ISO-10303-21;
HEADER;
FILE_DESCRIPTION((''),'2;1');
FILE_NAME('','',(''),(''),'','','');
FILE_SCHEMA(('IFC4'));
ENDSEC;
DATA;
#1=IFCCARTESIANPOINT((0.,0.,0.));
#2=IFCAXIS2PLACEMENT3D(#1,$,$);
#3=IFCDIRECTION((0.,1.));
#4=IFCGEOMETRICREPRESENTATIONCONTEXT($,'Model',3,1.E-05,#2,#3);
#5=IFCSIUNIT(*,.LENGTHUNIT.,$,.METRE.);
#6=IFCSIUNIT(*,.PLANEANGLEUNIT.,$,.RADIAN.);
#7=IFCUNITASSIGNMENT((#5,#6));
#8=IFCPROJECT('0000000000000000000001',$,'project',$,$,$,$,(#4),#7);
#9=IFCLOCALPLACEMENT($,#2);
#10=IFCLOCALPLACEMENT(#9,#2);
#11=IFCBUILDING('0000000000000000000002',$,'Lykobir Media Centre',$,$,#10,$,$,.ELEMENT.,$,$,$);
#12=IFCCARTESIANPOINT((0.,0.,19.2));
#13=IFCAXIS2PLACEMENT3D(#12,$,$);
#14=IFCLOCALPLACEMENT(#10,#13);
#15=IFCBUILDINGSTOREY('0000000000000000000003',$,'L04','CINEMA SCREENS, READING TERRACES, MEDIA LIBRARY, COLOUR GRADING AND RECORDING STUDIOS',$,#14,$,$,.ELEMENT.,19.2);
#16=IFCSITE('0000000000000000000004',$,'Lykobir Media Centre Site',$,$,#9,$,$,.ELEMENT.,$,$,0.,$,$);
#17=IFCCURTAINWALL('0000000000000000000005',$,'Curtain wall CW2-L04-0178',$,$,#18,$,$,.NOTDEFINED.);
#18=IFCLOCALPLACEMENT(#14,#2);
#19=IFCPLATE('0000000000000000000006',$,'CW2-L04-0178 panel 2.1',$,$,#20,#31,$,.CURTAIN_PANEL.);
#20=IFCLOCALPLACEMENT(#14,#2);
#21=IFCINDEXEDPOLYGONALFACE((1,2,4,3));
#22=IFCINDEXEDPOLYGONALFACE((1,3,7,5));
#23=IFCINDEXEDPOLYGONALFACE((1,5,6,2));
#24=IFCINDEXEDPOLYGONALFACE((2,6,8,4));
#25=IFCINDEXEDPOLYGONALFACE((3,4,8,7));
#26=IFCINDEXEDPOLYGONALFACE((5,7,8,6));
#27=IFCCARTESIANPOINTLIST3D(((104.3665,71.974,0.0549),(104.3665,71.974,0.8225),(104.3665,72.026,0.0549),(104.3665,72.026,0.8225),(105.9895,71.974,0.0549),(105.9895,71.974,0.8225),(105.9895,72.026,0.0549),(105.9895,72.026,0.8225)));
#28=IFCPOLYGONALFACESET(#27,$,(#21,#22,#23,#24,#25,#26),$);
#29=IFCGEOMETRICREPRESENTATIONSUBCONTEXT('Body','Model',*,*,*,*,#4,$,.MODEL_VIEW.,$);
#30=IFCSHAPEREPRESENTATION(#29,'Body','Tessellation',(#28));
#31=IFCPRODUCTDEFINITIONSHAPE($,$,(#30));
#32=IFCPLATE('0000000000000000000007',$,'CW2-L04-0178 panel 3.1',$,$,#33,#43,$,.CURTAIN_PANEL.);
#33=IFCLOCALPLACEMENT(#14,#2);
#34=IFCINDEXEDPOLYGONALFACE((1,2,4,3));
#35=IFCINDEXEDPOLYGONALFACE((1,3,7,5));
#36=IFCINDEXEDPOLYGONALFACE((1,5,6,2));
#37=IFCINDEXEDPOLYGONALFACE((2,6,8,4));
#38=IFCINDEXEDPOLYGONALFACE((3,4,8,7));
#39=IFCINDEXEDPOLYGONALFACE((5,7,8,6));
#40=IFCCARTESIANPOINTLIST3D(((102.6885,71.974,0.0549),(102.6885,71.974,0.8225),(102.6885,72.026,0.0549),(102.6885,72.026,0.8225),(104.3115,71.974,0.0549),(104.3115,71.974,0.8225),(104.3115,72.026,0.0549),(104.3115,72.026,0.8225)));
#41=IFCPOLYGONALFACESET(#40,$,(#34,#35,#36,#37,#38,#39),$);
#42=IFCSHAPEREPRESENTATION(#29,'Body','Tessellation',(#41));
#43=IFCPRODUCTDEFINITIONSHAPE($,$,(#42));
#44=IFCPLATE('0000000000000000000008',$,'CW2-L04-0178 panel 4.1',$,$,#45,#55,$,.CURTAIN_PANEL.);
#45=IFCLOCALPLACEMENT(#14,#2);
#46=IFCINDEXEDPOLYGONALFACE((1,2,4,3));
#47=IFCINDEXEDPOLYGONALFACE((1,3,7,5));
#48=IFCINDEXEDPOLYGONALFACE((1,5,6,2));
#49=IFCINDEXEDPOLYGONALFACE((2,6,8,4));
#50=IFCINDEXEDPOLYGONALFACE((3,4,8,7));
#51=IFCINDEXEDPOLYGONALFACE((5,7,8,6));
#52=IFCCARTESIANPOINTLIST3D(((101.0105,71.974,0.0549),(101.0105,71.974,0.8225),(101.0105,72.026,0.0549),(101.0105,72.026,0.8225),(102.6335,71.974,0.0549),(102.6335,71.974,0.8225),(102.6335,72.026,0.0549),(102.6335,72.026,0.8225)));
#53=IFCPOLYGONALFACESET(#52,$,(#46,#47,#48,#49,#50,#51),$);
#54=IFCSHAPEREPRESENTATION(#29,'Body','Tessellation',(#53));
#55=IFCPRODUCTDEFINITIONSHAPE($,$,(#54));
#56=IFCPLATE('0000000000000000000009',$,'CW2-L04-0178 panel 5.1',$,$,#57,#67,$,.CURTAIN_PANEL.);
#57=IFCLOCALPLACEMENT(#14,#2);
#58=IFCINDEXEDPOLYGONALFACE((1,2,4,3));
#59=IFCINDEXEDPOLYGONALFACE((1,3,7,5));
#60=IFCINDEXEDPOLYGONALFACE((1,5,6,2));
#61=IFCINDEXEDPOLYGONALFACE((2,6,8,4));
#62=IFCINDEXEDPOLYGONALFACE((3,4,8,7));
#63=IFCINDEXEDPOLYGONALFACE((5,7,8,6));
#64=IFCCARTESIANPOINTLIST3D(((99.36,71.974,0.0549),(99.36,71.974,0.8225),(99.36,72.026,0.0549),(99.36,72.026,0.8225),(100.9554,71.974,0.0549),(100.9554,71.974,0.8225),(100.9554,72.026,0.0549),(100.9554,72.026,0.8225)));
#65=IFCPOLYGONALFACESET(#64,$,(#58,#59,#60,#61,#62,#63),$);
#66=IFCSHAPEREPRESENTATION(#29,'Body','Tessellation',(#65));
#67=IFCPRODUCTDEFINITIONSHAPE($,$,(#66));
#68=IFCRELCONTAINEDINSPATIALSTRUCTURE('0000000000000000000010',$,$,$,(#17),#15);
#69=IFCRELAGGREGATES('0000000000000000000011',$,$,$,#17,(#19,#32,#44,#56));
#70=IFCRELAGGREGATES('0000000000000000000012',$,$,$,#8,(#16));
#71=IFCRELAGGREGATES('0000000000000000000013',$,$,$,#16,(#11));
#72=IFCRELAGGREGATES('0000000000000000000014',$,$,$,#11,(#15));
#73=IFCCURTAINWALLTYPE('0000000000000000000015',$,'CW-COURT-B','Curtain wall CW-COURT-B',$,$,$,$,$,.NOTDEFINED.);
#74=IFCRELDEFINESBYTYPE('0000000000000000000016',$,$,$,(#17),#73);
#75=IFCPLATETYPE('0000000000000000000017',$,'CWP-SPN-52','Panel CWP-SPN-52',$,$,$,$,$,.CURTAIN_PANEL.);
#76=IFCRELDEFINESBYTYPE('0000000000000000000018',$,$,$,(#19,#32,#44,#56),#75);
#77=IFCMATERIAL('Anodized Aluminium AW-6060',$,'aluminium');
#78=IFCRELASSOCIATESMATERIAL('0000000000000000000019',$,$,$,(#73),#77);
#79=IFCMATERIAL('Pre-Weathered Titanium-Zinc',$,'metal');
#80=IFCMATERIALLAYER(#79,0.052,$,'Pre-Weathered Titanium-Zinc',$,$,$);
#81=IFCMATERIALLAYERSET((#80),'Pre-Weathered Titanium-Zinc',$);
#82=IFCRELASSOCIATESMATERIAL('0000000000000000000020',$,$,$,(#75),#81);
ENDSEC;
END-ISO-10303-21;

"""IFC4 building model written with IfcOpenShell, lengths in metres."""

from ifc_helpers import new_model, si_unit, direction, frame, origin, origin_2d, place, context, subcontext, project, spatial, rectangle, extrude, material, layer, layer_set, type_object, element, aggregate, save


model = new_model("IFC4")

# Units and contexts
model_context = context("Model", 3, precision=1e-05, world=origin(), true_north=direction((0.0, 1.0)))
body_context = subcontext(model_context, "Body", "Model", "MODEL_VIEW")
ifc_project = project(units=[si_unit("LENGTHUNIT", "METRE"), si_unit("PLANEANGLEUNIT", "RADIAN")], contexts=[model_context])

# Site, building, storey
site_placement = place(None, origin())
site = spatial("IfcSite", under=ifc_project, at=site_placement, Name="Lykobir Media Centre Site", CompositionType="ELEMENT", RefElevation=0.0)
building_placement = place(site_placement, origin())
building = spatial("IfcBuilding", under=site, at=building_placement, Name="Lykobir Media Centre", CompositionType="ELEMENT")
storey_placement = place(building_placement, frame((0.0, 0.0, 19.2)))
storey = spatial("IfcBuildingStorey", under=building, at=storey_placement, Name="L04", Description="CINEMA SCREENS, READING TERRACES, MEDIA LIBRARY, COLOUR GRADING AND RECORDING STUDIOS", CompositionType="ELEMENT", Elevation=19.2)

# Curtain wall
ifc_material_1 = material(Name="Anodized Aluminium AW-6060", Category="aluminium")
curtain_wall_type = type_object("IfcCurtainWallType", Name="CW-COURT-B", Description="Curtain wall CW-COURT-B", PredefinedType="NOTDEFINED", material=ifc_material_1)
curtain_wall_1_placement = place(storey_placement, origin())
curtain_wall_1 = element("IfcCurtainWall", 1, at=curtain_wall_1_placement, inside=storey, type_object=curtain_wall_type, Name="Curtain wall CW2-L04-0178", PredefinedType="NOTDEFINED")

# Plates
ifc_material_2 = material(Name="Pre-Weathered Titanium-Zinc", Category="metal")
ifc_layer_1 = layer(ifc_material_2, 0.052, Name="Pre-Weathered Titanium-Zinc")
ifc_layer_set_1 = layer_set([ifc_layer_1], Name="Pre-Weathered Titanium-Zinc")
plate_type_1 = type_object("IfcPlateType", Name="CWP-SPN-52", Description="Panel CWP-SPN-52", PredefinedType="CURTAIN_PANEL", material=ifc_layer_set_1)
plate_1_placement = place(storey_placement, frame((105.178, 72.0, 0.0549), z_axis=(0.0, 0.0, 1.0), x_axis=(-1.0, 0.0, 0.0)))
plate_1 = element("IfcPlate", 2, at=plate_1_placement, type_object=plate_type_1, Name="CW2-L04-0178 panel 2.1", PredefinedType="CURTAIN_PANEL", context=body_context, shape_type="SweptSolid", body=[
    extrude(rectangle(XDim=1.623, YDim=0.052, at=origin_2d()), origin(), (0.0, 0.0, 1.0), 0.7676),
])
plate_2_placement = place(storey_placement, frame((103.5, 72.0, 0.0549), z_axis=(0.0, 0.0, 1.0), x_axis=(-1.0, 0.0, 0.0)))
plate_2 = element("IfcPlate", 3, at=plate_2_placement, type_object=plate_type_1, Name="CW2-L04-0178 panel 3.1", PredefinedType="CURTAIN_PANEL", context=body_context, shape_type="SweptSolid", body=[
    extrude(rectangle(XDim=1.623, YDim=0.052, at=origin_2d()), origin(), (0.0, 0.0, 1.0), 0.7676),
])
plate_3_placement = place(storey_placement, frame((101.822, 72.0, 0.0549), z_axis=(0.0, 0.0, 1.0), x_axis=(-1.0, 0.0, 0.0)))
plate_3 = element("IfcPlate", 4, at=plate_3_placement, type_object=plate_type_1, Name="CW2-L04-0178 panel 4.1", PredefinedType="CURTAIN_PANEL", context=body_context, shape_type="SweptSolid", body=[
    extrude(rectangle(XDim=1.623, YDim=0.052, at=origin_2d()), origin(), (0.0, 0.0, 1.0), 0.7676),
])
plate_4_placement = place(storey_placement, frame((100.1577, 72.0, 0.0549), z_axis=(0.0, 0.0, 1.0), x_axis=(-1.0, 0.0, 0.0)))
plate_4 = element("IfcPlate", 5, at=plate_4_placement, type_object=plate_type_1, Name="CW2-L04-0178 panel 5.1", PredefinedType="CURTAIN_PANEL", context=body_context, shape_type="SweptSolid", body=[
    extrude(rectangle(XDim=1.5955, YDim=0.052, at=origin_2d()), origin(), (0.0, 0.0, 1.0), 0.7676),
])
aggregate(curtain_wall_1, [plate_1, plate_2, plate_3, plate_4])

save(model, "model.ifc")
